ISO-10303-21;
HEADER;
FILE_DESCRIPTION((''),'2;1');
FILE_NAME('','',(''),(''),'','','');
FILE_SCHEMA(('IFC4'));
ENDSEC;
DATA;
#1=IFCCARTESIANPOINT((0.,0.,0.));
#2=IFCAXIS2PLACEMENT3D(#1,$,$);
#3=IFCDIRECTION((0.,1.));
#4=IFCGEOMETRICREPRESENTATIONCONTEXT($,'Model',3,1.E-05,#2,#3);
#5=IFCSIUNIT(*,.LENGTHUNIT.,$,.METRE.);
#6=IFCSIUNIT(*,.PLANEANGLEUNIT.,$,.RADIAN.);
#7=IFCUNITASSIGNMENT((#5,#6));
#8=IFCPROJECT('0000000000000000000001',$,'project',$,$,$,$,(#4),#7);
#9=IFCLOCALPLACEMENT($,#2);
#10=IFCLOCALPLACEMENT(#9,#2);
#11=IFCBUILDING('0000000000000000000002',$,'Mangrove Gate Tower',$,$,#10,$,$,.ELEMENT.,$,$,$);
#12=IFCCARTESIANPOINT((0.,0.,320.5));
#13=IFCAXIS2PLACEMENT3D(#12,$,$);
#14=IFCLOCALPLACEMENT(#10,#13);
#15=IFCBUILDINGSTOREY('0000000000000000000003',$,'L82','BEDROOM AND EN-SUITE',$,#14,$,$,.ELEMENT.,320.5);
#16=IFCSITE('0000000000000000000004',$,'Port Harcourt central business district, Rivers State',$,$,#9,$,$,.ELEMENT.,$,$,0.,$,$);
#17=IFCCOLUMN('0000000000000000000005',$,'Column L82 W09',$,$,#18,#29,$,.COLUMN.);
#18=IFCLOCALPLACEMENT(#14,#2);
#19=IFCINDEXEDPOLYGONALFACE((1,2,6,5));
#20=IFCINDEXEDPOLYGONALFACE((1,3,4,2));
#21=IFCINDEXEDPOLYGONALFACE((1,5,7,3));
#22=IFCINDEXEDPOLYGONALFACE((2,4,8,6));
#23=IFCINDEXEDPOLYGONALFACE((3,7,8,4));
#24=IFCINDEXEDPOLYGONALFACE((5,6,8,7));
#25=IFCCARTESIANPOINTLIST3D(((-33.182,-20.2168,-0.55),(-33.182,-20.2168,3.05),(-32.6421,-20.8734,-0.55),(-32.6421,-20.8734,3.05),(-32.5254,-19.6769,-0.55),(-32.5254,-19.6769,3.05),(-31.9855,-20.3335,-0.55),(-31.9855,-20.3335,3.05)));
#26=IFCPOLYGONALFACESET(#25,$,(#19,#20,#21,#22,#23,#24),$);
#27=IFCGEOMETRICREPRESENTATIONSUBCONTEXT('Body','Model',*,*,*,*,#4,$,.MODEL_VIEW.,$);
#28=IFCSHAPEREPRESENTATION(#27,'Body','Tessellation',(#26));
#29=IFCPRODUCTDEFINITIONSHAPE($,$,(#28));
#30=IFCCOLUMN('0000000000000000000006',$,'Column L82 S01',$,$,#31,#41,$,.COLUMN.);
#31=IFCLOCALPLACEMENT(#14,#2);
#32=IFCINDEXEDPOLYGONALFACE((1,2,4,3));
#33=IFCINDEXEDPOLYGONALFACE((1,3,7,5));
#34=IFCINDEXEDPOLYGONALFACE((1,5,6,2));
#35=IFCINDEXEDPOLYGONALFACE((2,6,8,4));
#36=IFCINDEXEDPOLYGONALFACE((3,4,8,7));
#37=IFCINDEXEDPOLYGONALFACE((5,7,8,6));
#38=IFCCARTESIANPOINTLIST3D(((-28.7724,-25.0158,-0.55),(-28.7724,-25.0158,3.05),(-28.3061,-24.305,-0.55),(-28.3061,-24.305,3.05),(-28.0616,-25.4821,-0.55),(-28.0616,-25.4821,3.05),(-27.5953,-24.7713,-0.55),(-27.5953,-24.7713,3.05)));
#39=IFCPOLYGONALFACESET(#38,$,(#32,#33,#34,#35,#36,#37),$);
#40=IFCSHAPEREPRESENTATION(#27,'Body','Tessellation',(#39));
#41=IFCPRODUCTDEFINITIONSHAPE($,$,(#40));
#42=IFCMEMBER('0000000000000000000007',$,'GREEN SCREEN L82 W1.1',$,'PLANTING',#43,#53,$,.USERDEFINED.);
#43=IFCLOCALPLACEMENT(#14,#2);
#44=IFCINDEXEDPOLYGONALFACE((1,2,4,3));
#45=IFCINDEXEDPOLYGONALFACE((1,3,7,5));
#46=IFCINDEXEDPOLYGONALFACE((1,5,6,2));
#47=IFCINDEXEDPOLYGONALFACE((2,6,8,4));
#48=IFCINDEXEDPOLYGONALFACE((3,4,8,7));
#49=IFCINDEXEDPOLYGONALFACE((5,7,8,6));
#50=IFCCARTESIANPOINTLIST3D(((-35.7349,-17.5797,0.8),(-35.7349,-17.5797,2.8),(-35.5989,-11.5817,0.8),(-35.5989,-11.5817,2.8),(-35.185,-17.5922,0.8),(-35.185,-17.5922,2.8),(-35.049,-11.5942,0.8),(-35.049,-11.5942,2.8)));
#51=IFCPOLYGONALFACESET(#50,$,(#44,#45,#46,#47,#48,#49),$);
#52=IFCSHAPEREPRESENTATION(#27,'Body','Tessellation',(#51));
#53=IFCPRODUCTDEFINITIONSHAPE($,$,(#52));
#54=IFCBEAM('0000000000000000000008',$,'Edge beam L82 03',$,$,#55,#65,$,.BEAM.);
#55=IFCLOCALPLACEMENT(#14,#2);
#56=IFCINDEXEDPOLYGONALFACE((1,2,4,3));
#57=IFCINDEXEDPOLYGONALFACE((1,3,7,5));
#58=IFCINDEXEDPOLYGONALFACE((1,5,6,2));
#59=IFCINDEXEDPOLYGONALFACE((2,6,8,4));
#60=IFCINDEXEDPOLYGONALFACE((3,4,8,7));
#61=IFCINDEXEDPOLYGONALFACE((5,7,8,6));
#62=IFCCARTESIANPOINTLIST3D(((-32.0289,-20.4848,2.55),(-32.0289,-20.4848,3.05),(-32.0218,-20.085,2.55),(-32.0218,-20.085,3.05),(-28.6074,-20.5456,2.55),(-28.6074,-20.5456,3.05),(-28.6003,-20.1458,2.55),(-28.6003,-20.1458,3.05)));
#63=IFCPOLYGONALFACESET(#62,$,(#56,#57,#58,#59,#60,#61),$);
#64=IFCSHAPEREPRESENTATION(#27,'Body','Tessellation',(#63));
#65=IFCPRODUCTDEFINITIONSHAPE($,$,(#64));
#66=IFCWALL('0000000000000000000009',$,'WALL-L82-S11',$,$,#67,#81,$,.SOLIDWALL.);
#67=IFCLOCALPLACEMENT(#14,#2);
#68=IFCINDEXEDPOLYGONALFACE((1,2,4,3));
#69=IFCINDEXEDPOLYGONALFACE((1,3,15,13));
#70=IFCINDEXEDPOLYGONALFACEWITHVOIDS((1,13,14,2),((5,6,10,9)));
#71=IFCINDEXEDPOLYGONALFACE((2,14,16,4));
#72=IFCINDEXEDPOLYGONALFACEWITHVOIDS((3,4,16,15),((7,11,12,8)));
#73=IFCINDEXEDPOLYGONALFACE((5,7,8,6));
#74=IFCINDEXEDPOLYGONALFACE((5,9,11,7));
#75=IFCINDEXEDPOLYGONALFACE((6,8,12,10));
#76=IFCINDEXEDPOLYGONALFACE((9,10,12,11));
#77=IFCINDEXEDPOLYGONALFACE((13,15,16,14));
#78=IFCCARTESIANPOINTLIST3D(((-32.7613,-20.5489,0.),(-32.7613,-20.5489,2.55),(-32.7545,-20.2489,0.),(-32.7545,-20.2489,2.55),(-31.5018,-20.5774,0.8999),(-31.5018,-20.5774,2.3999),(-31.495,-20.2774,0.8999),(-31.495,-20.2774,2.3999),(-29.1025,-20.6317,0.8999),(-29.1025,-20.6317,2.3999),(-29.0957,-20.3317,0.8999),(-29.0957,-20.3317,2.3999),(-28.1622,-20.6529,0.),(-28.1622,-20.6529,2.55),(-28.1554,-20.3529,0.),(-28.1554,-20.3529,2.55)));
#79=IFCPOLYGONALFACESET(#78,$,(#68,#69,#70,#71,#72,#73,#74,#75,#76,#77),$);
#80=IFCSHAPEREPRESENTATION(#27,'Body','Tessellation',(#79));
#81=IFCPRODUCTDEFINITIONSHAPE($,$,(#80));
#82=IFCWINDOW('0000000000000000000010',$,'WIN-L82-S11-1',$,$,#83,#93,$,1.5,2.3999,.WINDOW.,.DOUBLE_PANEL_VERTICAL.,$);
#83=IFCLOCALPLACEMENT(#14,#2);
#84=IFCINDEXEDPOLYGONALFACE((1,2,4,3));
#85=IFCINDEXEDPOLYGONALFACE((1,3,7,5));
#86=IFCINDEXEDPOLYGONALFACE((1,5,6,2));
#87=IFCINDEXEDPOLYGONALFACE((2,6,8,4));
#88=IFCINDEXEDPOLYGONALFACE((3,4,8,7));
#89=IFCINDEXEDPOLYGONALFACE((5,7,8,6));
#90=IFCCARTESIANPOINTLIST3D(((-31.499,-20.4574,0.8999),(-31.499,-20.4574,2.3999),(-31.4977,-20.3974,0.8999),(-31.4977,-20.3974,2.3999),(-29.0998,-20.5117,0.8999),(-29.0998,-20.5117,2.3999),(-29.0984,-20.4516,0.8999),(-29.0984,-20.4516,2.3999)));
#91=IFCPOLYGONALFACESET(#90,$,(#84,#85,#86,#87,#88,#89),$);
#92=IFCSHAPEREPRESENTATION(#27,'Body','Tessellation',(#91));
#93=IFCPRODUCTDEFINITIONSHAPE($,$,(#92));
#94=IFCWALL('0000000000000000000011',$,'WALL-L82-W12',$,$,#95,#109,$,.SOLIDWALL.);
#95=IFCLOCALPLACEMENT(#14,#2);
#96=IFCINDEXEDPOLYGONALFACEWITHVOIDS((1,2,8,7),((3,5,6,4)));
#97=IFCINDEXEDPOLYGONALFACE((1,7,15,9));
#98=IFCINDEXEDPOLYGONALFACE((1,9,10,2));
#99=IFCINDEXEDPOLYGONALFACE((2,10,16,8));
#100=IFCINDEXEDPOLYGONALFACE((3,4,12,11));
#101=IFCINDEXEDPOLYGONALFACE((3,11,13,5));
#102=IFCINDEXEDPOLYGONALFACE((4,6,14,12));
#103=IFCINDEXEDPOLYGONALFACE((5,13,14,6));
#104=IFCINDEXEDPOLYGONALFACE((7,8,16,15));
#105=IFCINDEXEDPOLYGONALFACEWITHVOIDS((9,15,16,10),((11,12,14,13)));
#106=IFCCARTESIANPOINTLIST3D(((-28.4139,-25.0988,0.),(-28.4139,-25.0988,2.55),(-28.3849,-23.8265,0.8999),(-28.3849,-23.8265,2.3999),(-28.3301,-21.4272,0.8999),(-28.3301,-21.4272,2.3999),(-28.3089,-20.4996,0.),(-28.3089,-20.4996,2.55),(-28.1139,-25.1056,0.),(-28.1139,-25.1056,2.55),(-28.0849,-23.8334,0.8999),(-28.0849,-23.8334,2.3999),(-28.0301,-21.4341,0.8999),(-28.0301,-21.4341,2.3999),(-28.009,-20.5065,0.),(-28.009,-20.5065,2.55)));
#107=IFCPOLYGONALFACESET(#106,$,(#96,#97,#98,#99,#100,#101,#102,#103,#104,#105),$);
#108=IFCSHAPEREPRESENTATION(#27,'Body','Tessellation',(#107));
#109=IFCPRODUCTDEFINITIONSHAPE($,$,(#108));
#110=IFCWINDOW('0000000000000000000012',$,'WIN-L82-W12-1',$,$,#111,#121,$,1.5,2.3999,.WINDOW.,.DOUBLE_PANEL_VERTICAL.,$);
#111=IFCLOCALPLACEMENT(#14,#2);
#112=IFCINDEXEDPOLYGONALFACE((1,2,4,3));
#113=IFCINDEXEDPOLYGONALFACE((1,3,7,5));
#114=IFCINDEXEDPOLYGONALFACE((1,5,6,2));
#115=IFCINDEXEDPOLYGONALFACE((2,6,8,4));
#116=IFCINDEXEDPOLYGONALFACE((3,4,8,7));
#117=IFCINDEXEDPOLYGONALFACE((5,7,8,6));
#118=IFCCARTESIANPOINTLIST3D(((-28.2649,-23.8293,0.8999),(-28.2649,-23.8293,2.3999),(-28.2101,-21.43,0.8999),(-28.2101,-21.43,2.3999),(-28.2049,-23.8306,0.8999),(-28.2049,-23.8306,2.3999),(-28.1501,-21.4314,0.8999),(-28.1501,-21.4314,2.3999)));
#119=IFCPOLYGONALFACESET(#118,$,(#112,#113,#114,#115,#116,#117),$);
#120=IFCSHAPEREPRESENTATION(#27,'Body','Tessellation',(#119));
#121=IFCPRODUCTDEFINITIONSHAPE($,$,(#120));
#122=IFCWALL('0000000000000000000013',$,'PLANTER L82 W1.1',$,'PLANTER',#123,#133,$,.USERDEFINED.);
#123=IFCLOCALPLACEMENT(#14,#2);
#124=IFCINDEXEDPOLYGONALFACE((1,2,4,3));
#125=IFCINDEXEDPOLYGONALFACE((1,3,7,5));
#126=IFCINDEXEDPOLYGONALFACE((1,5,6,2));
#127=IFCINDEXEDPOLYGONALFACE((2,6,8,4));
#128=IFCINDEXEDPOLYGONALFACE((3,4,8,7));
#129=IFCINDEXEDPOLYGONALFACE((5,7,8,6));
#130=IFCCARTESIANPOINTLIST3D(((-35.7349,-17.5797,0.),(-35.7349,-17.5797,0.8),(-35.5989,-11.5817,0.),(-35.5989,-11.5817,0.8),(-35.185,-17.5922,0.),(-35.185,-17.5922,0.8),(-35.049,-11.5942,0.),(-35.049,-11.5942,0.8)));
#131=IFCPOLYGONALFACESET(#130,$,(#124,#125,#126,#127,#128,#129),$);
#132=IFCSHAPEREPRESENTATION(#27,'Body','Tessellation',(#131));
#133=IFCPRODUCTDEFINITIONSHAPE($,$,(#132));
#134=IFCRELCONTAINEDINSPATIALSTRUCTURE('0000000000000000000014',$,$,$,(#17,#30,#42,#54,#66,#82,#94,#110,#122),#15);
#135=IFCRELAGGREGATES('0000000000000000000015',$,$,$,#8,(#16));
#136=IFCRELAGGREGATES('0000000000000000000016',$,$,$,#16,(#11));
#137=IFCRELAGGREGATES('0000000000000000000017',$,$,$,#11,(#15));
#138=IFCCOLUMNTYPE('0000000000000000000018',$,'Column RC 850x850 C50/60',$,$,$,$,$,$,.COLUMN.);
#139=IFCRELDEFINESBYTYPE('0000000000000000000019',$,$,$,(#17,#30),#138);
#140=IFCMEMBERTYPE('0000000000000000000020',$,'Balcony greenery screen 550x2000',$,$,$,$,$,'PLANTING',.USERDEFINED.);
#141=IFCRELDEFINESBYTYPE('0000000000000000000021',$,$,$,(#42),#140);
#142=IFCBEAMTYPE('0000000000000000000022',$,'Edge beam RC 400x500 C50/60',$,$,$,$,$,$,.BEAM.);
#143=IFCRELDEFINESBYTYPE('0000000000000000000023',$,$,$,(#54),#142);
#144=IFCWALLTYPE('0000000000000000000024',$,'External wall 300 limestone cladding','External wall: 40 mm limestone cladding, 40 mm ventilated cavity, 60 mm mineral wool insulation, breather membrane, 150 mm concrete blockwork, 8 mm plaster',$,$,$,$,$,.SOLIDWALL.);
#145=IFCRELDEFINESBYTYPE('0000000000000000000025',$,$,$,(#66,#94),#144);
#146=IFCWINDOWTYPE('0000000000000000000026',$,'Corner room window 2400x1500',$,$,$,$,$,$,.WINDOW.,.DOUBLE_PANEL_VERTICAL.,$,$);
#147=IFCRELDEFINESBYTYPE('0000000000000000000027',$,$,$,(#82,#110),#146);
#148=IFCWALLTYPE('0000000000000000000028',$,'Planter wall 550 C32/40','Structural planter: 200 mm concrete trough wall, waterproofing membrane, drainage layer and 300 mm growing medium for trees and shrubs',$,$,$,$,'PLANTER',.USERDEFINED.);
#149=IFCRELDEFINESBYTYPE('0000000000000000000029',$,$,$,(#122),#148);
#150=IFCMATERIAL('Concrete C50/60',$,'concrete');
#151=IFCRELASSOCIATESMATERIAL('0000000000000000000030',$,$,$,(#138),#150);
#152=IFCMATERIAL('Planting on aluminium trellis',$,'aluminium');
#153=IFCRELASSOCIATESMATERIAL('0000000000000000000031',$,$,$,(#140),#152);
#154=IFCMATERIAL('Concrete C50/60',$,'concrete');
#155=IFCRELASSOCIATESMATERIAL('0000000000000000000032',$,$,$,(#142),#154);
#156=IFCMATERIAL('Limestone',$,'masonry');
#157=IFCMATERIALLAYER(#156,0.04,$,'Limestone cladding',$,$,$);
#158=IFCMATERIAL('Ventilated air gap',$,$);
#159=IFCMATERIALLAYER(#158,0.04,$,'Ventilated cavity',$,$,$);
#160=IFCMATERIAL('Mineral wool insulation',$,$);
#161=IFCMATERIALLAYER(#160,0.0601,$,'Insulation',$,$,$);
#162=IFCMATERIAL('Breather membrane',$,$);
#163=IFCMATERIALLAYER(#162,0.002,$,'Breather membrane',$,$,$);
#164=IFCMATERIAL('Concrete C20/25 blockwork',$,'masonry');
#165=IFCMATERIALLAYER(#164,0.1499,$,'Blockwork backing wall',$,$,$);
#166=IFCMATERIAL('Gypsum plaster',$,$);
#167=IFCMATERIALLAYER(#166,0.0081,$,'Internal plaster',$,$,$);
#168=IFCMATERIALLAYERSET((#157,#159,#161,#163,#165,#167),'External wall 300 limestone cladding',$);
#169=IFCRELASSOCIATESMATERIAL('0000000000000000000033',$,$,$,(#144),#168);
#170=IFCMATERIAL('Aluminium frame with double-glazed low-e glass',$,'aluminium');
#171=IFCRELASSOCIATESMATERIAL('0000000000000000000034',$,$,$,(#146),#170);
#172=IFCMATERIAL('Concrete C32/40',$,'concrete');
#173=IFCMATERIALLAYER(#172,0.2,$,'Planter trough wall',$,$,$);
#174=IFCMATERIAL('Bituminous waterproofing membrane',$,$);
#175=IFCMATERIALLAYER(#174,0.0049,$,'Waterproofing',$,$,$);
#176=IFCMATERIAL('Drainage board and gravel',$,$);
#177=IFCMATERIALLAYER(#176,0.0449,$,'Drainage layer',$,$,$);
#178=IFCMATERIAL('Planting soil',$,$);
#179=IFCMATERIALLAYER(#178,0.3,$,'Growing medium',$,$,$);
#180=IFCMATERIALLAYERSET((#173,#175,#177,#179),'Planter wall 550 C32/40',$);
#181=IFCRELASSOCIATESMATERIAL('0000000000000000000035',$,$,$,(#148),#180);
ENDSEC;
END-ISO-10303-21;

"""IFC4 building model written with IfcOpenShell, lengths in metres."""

from ifc_helpers import new_model, si_unit, direction, frame, frame_2d, origin, origin_2d, place, context, subcontext, project, spatial, rectangle, extrude, material, layer, layer_set, material_profile, profile_set, type_object, element, fill, save


model = new_model("IFC4")

# Units and contexts
model_context = context("Model", 3, precision=1e-05, world=origin(), true_north=direction((0.0, 1.0)))
body_context = subcontext(model_context, "Body", "Model", "MODEL_VIEW")
ifc_project = project(units=[si_unit("LENGTHUNIT", "METRE"), si_unit("PLANEANGLEUNIT", "RADIAN")], contexts=[model_context])

# Site, building, storey
site_placement = place(None, origin())
site = spatial("IfcSite", under=ifc_project, at=site_placement, Name="Port Harcourt central business district, Rivers State", CompositionType="ELEMENT", RefElevation=0.0)
building_placement = place(site_placement, origin())
building = spatial("IfcBuilding", under=site, at=building_placement, Name="Mangrove Gate Tower", CompositionType="ELEMENT")
storey_placement = place(building_placement, frame((0.0, 0.0, 320.5)))
storey = spatial("IfcBuildingStorey", under=building, at=storey_placement, Name="L82", Description="BEDROOM AND EN-SUITE", CompositionType="ELEMENT", Elevation=320.5)

# Columns
ifc_material_1 = material(Name="Concrete C50/60", Category="concrete")
ifc_material_profile_1 = material_profile(ifc_material_1, rectangle(XDim=0.8501, YDim=0.8501, at=origin_2d()))
ifc_profile_set_1 = profile_set([ifc_material_profile_1], Name="Concrete C50/60")
column_type = type_object("IfcColumnType", Name="Column RC 850x850 C50/60", PredefinedType="COLUMN", material=ifc_profile_set_1)
for number, where, z_axis, x_axis, name in (
    (1, (-32.5837, -20.2751, -0.55), (0.0, 0.0, 1.0), (0.635105, -0.772425, 0.0), "Column L82 W09"),
    (2, (-28.1838, -24.8936, -0.55), (0.0, 0.0, 1.0), (0.836135, -0.548523, 0.0), "Column L82 S01"),
):
    element("IfcColumn", number, at=place(storey_placement, frame(where, z_axis=z_axis, x_axis=x_axis)), inside=storey, type_object=column_type, Name=name, PredefinedType="COLUMN", context=body_context, shape_type="SweptSolid", body=[
        extrude(rectangle(XDim=0.8501, YDim=0.8501, at=origin_2d()), origin(), (0.0, 0.0, 1.0), 3.6001),
    ])

# Member
ifc_material_2 = material(Name="Planting on aluminium trellis", Category="aluminium")
ifc_material_profile_2 = material_profile(ifc_material_2, rectangle(XDim=0.55, YDim=2.0, at=origin_2d()))
ifc_profile_set_2 = profile_set([ifc_material_profile_2], Name="Planting on aluminium trellis")
member_type = type_object("IfcMemberType", Name="Balcony greenery screen 550x2000", ElementType="PLANTING", PredefinedType="USERDEFINED", material=ifc_profile_set_2)
member_placement = place(storey_placement, frame((-35.46, -17.5859, 1.8), z_axis=(0.022666, 0.999743, 0.0), x_axis=(-0.999743, 0.022666, 0.0)))
element("IfcMember", 3, at=member_placement, inside=storey, type_object=member_type, Name="GREEN SCREEN L82 W1.1", ObjectType="PLANTING", PredefinedType="USERDEFINED", context=body_context, shape_type="SweptSolid", body=[
    extrude(rectangle(XDim=0.55, YDim=2.0, at=origin_2d()), origin(), (0.0, 0.0, 1.0), 5.9995),
])

# Beam
ifc_material_3 = material(Name="Concrete C50/60", Category="concrete")
ifc_material_profile_3 = material_profile(ifc_material_3, rectangle(XDim=0.3999, YDim=0.5, at=origin_2d()))
ifc_profile_set_3 = profile_set([ifc_material_profile_3], Name="Concrete C50/60")
beam_type = type_object("IfcBeamType", Name="Edge beam RC 400x500 C50/60", PredefinedType="BEAM", material=ifc_profile_set_3)
beam_placement = place(storey_placement, frame((-32.0254, -20.2849, 2.8), z_axis=(0.999842, -0.017764, 0.0), x_axis=(0.017764, 0.999842, 0.0)))
element("IfcBeam", 4, at=beam_placement, inside=storey, type_object=beam_type, Name="Edge beam L82 03", PredefinedType="BEAM", context=body_context, shape_type="SweptSolid", body=[
    extrude(rectangle(XDim=0.3999, YDim=0.5, at=origin_2d()), origin(), (0.0, 0.0, 1.0), 3.4221),
])

# Walls, openings, windows
ifc_material_4 = material(Name="Limestone", Category="masonry")
ifc_layer_1 = layer(ifc_material_4, 0.04, Name="Limestone cladding")
ifc_material_5 = material(Name="Ventilated air gap")
ifc_layer_2 = layer(ifc_material_5, 0.04, Name="Ventilated cavity")
ifc_material_6 = material(Name="Mineral wool insulation")
ifc_layer_3 = layer(ifc_material_6, 0.0601, Name="Insulation")
ifc_material_7 = material(Name="Breather membrane")
ifc_layer_4 = layer(ifc_material_7, 0.002, Name="Breather membrane")
ifc_material_8 = material(Name="Concrete C20/25 blockwork", Category="masonry")
ifc_layer_5 = layer(ifc_material_8, 0.1499, Name="Blockwork backing wall")
ifc_material_9 = material(Name="Gypsum plaster")
ifc_layer_6 = layer(ifc_material_9, 0.0081, Name="Internal plaster")
ifc_layer_set_1 = layer_set([ifc_layer_1, ifc_layer_2, ifc_layer_3, ifc_layer_4, ifc_layer_5, ifc_layer_6], Name="External wall 300 limestone cladding")
wall_type_1 = type_object("IfcWallType", Name="External wall 300 limestone cladding", Description="External wall: 40 mm limestone cladding, 40 mm ventilated cavity, 60 mm mineral wool insulation, breather membrane, 150 mm concrete blockwork, 8 mm plaster", PredefinedType="SOLIDWALL", material=ifc_layer_set_1)
wall_1_placement = place(storey_placement, frame((-32.7581, -20.3989, 0.0), z_axis=(0.0, 0.0, 1.0), x_axis=(0.999744, -0.022608, 0.0)))
wall_1 = element("IfcWall", 5, at=wall_1_placement, inside=storey, type_object=wall_type_1, Name="WALL-L82-S11", PredefinedType="SOLIDWALL", context=body_context, shape_type="SweptSolid", body=[
    extrude(rectangle(XDim=4.6003, YDim=0.3, at=frame_2d((2.3003, 0.0))), origin(), (0.0, 0.0, 1.0), 2.55),
])
opening_1_placement = place(wall_1_placement, frame((1.26, 0.0, 0.8999)))
opening_1 = element("IfcOpeningElement", 6, at=opening_1_placement, cuts=wall_1, PredefinedType="OPENING", context=body_context, shape_type="SweptSolid", body=[
    extrude(rectangle(XDim=2.3999, YDim=1.5, at=frame_2d((1.2, 0.75))), frame((0.0, 0.1599, 0.0), z_axis=(0.0, -1.0, 0.0), x_axis=(1.0, 0.0, 0.0)), (0.0, 0.0, 1.0), 0.3201),
])
ifc_material_10 = material(Name="Aluminium frame with double-glazed low-e glass", Category="aluminium")
window_type = type_object("IfcWindowType", Name="Corner room window 2400x1500", PartitioningType="DOUBLE_PANEL_VERTICAL", PredefinedType="WINDOW", material=ifc_material_10)
window_1_placement = place(opening_1_placement, origin())
window_1 = element("IfcWindow", 7, at=window_1_placement, inside=storey, type_object=window_type, Name="WIN-L82-S11-1", OverallHeight=1.5, OverallWidth=2.3999, PartitioningType="DOUBLE_PANEL_VERTICAL", PredefinedType="WINDOW", context=body_context, shape_type="SweptSolid", body=[
    extrude(rectangle(XDim=2.3999, YDim=1.5, at=frame_2d((1.2, 0.75))), frame((0.0, 0.03, 0.0), z_axis=(0.0, -1.0, 0.0), x_axis=(1.0, 0.0, 0.0)), (0.0, 0.0, 1.0), 0.0601),
])
fill(opening_1, window_1)
wall_2_placement = place(storey_placement, frame((-28.1589, -20.5029, 0.0), z_axis=(0.0, 0.0, 1.0), x_axis=(-0.02282, -0.99974, 0.0)))
wall_2 = element("IfcWall", 8, at=wall_2_placement, inside=storey, type_object=wall_type_1, Name="WALL-L82-W12", PredefinedType="SOLIDWALL", context=body_context, shape_type="SweptSolid", body=[
    extrude(rectangle(XDim=4.6003, YDim=0.3, at=frame_2d((2.3003, 0.0))), origin(), (0.0, 0.0, 1.0), 2.55),
])
opening_2_placement = place(wall_2_placement, frame((0.928, 0.0, 0.8999)))
opening_2 = element("IfcOpeningElement", 9, at=opening_2_placement, cuts=wall_2, PredefinedType="OPENING", context=body_context, shape_type="SweptSolid", body=[
    extrude(rectangle(XDim=2.3999, YDim=1.5, at=frame_2d((1.2, 0.75))), frame((0.0, 0.1599, 0.0), z_axis=(0.0, -1.0, 0.0), x_axis=(1.0, 0.0, 0.0)), (0.0, 0.0, 1.0), 0.3201),
])
window_2_placement = place(opening_2_placement, origin())
window_2 = element("IfcWindow", 10, at=window_2_placement, inside=storey, type_object=window_type, Name="WIN-L82-W12-1", OverallHeight=1.5, OverallWidth=2.3999, PartitioningType="DOUBLE_PANEL_VERTICAL", PredefinedType="WINDOW", context=body_context, shape_type="SweptSolid", body=[
    extrude(rectangle(XDim=2.3999, YDim=1.5, at=frame_2d((1.2, 0.75))), frame((0.0, 0.03, 0.0), z_axis=(0.0, -1.0, 0.0), x_axis=(1.0, 0.0, 0.0)), (0.0, 0.0, 1.0), 0.0601),
])
fill(opening_2, window_2)

# Wall
ifc_material_11 = material(Name="Concrete C32/40", Category="concrete")
ifc_layer_7 = layer(ifc_material_11, 0.2, Name="Planter trough wall")
ifc_material_12 = material(Name="Bituminous waterproofing membrane")
ifc_layer_8 = layer(ifc_material_12, 0.0049, Name="Waterproofing")
ifc_material_13 = material(Name="Drainage board and gravel")
ifc_layer_9 = layer(ifc_material_13, 0.0449, Name="Drainage layer")
ifc_material_14 = material(Name="Planting soil")
ifc_layer_10 = layer(ifc_material_14, 0.3, Name="Growing medium")
ifc_layer_set_2 = layer_set([ifc_layer_7, ifc_layer_8, ifc_layer_9, ifc_layer_10], Name="Planter wall 550 C32/40")
wall_type_2 = type_object("IfcWallType", Name="Planter wall 550 C32/40", Description="Structural planter: 200 mm concrete trough wall, waterproofing membrane, drainage layer and 300 mm growing medium for trees and shrubs", ElementType="PLANTER", PredefinedType="USERDEFINED", material=ifc_layer_set_2)
wall_3_placement = place(storey_placement, frame((-35.46, -17.5859, 0.0), z_axis=(0.0, 0.0, 1.0), x_axis=(0.022666, 0.999743, 0.0)))
element("IfcWall", 11, at=wall_3_placement, inside=storey, type_object=wall_type_2, Name="PLANTER L82 W1.1", ObjectType="PLANTER", PredefinedType="USERDEFINED", context=body_context, shape_type="SweptSolid", body=[
    extrude(rectangle(XDim=5.9995, YDim=0.55, at=frame_2d((2.9998, 0.0))), origin(), (0.0, 0.0, 1.0), 0.8),
])

save(model, "model.ifc")
